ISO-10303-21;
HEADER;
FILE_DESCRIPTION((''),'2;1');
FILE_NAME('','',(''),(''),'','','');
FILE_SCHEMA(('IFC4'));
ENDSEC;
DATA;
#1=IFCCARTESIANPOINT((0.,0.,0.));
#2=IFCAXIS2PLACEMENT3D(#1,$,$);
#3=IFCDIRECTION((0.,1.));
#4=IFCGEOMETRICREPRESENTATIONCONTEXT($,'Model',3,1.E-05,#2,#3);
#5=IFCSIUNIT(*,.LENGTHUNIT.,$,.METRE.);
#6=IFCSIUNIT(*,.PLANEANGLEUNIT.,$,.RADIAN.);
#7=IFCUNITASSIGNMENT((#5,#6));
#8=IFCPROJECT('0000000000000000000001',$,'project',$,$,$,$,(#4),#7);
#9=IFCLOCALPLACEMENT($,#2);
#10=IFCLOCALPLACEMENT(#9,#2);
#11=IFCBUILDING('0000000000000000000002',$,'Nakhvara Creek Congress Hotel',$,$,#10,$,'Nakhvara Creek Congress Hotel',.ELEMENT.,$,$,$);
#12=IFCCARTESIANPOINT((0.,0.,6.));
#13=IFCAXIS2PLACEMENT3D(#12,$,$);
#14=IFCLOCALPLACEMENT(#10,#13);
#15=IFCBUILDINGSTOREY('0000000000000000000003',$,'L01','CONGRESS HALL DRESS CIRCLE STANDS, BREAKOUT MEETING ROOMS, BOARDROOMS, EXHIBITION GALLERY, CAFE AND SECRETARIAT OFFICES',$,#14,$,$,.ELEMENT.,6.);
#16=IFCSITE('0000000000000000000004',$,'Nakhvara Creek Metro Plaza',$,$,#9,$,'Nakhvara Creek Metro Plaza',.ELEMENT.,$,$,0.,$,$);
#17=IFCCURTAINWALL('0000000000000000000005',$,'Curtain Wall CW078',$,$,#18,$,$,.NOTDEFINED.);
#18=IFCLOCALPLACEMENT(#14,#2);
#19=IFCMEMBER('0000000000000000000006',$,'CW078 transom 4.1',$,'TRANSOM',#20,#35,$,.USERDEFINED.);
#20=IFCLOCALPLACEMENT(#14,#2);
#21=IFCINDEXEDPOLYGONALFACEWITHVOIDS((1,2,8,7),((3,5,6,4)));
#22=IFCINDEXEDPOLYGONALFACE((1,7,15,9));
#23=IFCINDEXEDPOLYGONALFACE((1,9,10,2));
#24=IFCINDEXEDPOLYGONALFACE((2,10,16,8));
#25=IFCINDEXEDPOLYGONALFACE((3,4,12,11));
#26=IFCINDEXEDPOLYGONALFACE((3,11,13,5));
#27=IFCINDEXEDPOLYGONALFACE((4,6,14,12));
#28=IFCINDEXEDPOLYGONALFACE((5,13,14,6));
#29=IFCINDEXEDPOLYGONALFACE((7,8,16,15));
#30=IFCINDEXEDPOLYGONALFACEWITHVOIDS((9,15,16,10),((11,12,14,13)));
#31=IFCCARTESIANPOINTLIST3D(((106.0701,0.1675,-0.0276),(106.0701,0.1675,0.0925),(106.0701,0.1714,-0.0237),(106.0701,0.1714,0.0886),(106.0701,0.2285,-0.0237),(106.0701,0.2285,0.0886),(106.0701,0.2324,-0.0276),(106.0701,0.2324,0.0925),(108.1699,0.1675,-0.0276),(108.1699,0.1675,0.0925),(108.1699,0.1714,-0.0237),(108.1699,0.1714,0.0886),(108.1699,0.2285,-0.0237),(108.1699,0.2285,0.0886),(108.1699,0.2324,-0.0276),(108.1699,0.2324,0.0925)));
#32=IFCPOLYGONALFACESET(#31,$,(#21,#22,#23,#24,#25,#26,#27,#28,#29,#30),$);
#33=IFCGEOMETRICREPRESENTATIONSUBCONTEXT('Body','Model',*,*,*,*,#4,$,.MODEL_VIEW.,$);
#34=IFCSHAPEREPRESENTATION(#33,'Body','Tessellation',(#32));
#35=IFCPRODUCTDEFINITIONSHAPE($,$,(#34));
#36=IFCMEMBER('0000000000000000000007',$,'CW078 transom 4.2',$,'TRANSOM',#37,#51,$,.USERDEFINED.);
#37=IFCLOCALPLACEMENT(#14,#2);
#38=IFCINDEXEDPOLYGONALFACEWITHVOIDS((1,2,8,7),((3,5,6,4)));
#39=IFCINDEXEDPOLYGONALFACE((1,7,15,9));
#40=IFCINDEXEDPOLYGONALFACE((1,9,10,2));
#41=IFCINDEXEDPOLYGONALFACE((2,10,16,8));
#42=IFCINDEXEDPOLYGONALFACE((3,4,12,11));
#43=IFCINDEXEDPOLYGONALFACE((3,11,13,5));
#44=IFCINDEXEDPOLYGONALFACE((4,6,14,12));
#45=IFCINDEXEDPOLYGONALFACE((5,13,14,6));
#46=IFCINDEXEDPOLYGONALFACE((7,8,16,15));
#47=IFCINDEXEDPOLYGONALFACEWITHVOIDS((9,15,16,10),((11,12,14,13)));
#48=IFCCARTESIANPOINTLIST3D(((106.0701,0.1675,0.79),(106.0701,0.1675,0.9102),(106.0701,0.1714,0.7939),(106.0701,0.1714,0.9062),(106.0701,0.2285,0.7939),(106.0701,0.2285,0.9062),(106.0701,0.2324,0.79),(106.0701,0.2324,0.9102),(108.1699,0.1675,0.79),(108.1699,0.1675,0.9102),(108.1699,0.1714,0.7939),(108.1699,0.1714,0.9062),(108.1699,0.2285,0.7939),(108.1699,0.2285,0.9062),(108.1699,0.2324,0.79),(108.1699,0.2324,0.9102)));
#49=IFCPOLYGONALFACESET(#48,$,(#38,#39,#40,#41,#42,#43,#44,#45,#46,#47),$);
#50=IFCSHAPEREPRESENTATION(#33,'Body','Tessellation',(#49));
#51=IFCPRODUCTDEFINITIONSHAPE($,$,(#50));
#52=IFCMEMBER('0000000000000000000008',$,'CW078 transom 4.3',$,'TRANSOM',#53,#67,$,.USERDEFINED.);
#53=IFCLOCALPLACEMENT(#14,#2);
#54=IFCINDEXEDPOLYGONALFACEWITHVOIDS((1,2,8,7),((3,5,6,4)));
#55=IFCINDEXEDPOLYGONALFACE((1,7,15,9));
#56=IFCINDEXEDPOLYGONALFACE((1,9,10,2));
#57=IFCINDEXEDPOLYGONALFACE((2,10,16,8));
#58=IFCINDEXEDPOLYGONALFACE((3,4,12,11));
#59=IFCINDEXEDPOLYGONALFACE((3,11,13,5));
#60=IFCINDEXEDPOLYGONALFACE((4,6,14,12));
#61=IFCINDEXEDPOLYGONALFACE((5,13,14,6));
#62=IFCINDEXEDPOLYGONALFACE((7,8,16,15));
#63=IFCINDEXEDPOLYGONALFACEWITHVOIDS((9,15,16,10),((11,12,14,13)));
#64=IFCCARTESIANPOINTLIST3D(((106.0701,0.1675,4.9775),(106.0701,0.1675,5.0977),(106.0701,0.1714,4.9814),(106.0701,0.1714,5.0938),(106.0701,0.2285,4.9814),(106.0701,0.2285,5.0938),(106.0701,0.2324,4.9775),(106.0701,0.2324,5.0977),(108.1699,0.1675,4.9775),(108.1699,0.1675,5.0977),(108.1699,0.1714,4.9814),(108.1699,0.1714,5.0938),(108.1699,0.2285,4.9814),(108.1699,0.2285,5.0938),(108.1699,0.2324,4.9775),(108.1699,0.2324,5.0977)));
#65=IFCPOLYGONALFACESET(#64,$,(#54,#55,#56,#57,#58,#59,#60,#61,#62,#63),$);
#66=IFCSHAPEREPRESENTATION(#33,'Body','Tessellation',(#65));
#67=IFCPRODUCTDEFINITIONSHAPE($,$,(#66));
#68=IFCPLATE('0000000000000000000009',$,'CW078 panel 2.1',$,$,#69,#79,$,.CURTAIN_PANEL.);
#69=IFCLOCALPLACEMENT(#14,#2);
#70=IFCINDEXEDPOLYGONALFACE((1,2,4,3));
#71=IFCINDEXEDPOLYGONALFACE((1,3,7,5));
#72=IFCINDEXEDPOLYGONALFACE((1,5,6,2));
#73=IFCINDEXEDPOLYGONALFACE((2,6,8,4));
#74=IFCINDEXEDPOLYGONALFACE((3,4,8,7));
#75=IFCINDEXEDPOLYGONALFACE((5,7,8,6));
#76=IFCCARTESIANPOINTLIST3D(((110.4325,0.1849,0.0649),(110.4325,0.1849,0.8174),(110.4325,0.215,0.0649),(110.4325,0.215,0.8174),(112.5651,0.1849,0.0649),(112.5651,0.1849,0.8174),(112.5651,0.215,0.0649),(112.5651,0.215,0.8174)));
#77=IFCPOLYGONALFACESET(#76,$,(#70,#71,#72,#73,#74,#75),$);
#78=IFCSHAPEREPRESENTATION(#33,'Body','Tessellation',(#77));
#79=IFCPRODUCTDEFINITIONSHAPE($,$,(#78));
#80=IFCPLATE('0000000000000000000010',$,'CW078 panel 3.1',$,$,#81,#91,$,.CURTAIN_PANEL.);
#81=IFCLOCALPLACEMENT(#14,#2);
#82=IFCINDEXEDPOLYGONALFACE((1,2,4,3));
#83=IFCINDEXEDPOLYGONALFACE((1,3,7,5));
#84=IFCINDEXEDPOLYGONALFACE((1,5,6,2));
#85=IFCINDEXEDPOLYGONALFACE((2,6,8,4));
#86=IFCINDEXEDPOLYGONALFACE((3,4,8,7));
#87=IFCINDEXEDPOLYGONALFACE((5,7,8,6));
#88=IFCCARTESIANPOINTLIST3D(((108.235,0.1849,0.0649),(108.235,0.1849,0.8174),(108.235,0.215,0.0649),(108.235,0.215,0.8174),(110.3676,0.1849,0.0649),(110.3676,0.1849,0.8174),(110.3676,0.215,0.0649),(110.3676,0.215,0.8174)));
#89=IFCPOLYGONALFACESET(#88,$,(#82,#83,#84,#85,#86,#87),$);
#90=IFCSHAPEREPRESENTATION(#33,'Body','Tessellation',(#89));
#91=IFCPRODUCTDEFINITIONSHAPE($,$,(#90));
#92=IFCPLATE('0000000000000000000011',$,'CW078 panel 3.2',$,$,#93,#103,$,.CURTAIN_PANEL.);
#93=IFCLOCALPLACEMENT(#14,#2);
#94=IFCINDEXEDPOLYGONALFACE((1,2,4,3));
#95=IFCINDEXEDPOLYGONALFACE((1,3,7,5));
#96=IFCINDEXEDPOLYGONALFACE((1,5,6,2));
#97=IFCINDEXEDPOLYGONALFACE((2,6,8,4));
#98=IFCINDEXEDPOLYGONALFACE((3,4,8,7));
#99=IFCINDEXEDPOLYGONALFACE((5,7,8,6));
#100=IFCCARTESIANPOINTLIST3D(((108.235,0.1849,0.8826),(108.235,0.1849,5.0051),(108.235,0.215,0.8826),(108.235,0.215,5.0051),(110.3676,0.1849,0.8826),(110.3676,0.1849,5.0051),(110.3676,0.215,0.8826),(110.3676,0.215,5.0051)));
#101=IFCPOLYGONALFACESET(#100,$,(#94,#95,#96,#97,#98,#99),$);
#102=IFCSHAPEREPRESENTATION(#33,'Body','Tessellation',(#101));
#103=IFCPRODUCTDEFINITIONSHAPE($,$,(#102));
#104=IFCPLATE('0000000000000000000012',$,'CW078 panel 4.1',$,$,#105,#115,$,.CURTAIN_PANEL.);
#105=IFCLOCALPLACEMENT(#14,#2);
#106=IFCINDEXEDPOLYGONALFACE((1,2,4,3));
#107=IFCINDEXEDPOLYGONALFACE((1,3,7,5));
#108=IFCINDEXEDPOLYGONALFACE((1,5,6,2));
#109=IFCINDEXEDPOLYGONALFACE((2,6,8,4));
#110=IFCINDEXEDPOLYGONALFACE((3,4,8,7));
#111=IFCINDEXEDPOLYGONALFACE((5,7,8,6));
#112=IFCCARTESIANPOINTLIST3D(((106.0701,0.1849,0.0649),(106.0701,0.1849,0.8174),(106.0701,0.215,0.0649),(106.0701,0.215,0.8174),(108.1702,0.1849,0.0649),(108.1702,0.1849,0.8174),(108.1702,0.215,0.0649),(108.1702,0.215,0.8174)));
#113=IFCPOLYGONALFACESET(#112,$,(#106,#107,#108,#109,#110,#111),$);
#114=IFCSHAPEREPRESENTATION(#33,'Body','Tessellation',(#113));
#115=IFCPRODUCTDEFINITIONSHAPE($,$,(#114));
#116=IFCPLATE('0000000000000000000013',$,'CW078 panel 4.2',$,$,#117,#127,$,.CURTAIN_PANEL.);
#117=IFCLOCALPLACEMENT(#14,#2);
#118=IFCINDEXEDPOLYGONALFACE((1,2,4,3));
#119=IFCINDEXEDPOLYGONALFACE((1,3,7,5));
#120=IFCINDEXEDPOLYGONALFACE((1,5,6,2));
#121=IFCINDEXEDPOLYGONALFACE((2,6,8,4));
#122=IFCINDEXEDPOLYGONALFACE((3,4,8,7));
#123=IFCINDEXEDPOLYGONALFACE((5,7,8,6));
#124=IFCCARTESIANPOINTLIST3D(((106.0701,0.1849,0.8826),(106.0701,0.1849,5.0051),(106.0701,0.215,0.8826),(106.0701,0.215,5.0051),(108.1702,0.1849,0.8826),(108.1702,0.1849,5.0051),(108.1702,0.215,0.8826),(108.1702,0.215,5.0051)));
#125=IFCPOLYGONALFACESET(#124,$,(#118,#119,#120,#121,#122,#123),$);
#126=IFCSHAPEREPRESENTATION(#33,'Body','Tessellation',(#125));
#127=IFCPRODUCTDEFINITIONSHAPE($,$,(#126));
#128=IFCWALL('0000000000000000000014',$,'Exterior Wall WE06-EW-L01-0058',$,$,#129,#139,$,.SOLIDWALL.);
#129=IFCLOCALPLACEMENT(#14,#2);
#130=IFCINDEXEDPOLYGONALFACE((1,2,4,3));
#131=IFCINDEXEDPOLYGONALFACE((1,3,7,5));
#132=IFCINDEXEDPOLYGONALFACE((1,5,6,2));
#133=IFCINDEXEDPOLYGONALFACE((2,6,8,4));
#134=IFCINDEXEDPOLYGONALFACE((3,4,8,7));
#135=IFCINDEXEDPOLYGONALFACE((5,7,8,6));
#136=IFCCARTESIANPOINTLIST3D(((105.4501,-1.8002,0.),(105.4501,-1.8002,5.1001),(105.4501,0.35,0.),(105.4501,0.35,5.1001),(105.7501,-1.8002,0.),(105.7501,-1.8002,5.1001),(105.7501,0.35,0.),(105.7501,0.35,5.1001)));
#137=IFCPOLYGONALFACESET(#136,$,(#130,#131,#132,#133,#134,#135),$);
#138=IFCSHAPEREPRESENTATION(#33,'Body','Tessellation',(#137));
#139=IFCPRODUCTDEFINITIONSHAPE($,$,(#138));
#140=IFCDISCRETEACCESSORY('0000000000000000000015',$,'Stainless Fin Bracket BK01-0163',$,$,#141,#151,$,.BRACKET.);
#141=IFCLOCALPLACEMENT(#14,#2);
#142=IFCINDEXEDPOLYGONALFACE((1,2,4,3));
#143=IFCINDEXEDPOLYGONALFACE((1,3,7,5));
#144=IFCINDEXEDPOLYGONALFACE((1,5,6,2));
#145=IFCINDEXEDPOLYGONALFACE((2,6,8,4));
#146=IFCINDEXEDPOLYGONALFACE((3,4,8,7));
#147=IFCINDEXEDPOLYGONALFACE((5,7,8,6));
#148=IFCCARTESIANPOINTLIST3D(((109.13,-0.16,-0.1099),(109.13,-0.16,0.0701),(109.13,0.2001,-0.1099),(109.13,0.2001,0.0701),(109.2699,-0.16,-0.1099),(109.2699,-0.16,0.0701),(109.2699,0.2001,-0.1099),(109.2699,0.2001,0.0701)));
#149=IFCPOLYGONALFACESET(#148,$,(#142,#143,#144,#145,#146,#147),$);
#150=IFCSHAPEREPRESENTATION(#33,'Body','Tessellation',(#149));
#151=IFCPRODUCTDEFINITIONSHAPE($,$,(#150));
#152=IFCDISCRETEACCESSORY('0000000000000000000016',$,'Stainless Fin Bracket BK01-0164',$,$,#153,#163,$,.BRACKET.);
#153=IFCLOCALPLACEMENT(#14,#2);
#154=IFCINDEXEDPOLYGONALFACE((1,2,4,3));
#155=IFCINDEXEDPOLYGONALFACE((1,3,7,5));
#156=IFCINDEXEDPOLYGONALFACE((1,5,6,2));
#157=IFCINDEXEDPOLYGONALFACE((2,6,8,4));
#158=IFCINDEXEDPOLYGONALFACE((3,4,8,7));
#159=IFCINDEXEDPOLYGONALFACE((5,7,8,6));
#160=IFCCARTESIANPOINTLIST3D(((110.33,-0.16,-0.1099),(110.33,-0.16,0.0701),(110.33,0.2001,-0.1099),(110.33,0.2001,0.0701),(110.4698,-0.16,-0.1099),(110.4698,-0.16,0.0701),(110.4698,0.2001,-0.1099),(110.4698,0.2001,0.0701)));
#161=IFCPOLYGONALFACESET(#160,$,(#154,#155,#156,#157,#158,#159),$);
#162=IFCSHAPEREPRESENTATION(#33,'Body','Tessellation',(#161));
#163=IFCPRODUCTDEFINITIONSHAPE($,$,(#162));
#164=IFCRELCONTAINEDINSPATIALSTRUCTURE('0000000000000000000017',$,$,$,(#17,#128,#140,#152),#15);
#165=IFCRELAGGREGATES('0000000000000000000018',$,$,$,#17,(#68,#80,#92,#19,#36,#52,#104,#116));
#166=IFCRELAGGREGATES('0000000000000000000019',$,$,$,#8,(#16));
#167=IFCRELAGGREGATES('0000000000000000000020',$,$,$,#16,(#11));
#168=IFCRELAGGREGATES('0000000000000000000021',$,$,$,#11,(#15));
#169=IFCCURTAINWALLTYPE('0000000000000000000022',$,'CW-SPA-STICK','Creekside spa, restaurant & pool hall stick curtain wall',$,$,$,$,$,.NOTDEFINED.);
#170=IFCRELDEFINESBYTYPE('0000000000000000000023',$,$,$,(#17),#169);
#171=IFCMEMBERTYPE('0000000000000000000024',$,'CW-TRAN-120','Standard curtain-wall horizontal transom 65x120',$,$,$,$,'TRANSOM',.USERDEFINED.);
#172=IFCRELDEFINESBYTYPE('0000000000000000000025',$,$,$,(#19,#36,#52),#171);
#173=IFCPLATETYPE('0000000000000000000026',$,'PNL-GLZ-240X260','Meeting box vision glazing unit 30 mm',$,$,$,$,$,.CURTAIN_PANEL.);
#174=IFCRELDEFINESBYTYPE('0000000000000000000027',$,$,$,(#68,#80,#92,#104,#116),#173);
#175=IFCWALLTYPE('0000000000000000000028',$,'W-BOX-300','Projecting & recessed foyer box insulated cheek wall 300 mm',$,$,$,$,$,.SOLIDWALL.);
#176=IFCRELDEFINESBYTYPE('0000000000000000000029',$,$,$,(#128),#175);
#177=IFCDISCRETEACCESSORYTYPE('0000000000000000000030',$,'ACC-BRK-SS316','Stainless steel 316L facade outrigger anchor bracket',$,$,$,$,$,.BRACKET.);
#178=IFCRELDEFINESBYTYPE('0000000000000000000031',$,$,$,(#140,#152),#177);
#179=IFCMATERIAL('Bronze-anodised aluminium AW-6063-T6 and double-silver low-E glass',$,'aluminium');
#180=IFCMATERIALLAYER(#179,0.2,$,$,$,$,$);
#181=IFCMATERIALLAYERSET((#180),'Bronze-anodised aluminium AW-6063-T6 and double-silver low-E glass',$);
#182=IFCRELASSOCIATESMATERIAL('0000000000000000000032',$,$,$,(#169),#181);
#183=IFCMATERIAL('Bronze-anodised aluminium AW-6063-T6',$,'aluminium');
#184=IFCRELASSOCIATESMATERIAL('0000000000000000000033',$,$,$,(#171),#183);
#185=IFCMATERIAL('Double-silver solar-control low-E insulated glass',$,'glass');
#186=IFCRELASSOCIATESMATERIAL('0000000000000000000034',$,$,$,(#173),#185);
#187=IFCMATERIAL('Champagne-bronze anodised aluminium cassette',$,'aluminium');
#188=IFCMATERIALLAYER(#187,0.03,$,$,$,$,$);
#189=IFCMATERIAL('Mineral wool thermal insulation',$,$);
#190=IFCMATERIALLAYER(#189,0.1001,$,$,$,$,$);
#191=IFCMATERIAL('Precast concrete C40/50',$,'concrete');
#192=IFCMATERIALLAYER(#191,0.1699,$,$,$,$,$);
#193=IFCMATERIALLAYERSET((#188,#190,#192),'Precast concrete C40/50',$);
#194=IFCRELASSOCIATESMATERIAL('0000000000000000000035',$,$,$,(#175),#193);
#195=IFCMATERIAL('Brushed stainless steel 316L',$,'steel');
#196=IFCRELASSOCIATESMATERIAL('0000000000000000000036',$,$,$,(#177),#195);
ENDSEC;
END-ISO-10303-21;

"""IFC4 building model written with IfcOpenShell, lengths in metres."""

from ifc_helpers import new_model, si_unit, direction, frame, frame_2d, origin, origin_2d, place, context, subcontext, project, spatial, rectangle, hollow_rectangle, extrude, material, layer, layer_set, material_profile, profile_set, type_object, element, aggregate, save


model = new_model("IFC4")

# Units and contexts
model_context = context("Model", 3, precision=1e-05, world=origin(), true_north=direction((0.0, 1.0)))
body_context = subcontext(model_context, "Body", "Model", "MODEL_VIEW")
ifc_project = project(units=[si_unit("LENGTHUNIT", "METRE"), si_unit("PLANEANGLEUNIT", "RADIAN")], contexts=[model_context])

# Site, building, storey
site_placement = place(None, origin())
site = spatial("IfcSite", under=ifc_project, at=site_placement, Name="Nakhvara Creek Metro Plaza", LongName="Nakhvara Creek Metro Plaza", CompositionType="ELEMENT", RefElevation=0.0)
building_placement = place(site_placement, origin())
building = spatial("IfcBuilding", under=site, at=building_placement, Name="Nakhvara Creek Congress Hotel", LongName="Nakhvara Creek Congress Hotel", CompositionType="ELEMENT")
storey_placement = place(building_placement, frame((0.0, 0.0, 6.0)))
storey = spatial("IfcBuildingStorey", under=building, at=storey_placement, Name="L01", Description="CONGRESS HALL DRESS CIRCLE STANDS, BREAKOUT MEETING ROOMS, BOARDROOMS, EXHIBITION GALLERY, CAFE AND SECRETARIAT OFFICES", CompositionType="ELEMENT", Elevation=6.0)

# Curtain wall, members, plates
ifc_material_1 = material(Name="Bronze-anodised aluminium AW-6063-T6 and double-silver low-E glass", Category="aluminium")
ifc_layer_1 = layer(ifc_material_1, 0.2)
ifc_layer_set_1 = layer_set([ifc_layer_1], Name="Bronze-anodised aluminium AW-6063-T6 and double-silver low-E glass")
curtain_wall_type = type_object("IfcCurtainWallType", Name="CW-SPA-STICK", Description="Creekside spa, restaurant & pool hall stick curtain wall", PredefinedType="NOTDEFINED", material=ifc_layer_set_1)
curtain_wall_placement = place(storey_placement, origin())
curtain_wall = element("IfcCurtainWall", 1, at=curtain_wall_placement, inside=storey, type_object=curtain_wall_type, Name="Curtain Wall CW078", PredefinedType="NOTDEFINED")
ifc_material_2 = material(Name="Bronze-anodised aluminium AW-6063-T6", Category="aluminium")
ifc_material_profile_1 = material_profile(ifc_material_2, hollow_rectangle(XDim=0.0649, YDim=0.1201, WallThickness=0.0039, at=origin_2d()), Name="ALU-TRAN 65x120x4", Category="LoadBearing")
ifc_profile_set_1 = profile_set([ifc_material_profile_1], Name="Bronze-anodised aluminium AW-6063-T6")
member_type_1 = type_object("IfcMemberType", Name="CW-TRAN-120", Description="Standard curtain-wall horizontal transom 65x120", ElementType="TRANSOM", PredefinedType="USERDEFINED", material=ifc_profile_set_1)
member_1_placement = place(storey_placement, frame((108.1699, 0.2, 0.0325), z_axis=(-1.0, 0.0, 0.0), x_axis=(0.0, -1.0, 0.0)))
member_1 = element("IfcMember", 2, at=member_1_placement, type_object=member_type_1, Name="CW078 transom 4.1", ObjectType="TRANSOM", PredefinedType="USERDEFINED", context=body_context, shape_type="SweptSolid", body=[
    extrude(hollow_rectangle(XDim=0.0649, YDim=0.1201, WallThickness=0.0039, at=origin_2d()), origin(), (0.0, 0.0, 1.0), 2.0999),
])
member_2_placement = place(storey_placement, frame((108.1699, 0.2, 0.8501), z_axis=(-1.0, 0.0, 0.0), x_axis=(0.0, -1.0, 0.0)))
member_2 = element("IfcMember", 3, at=member_2_placement, type_object=member_type_1, Name="CW078 transom 4.2", ObjectType="TRANSOM", PredefinedType="USERDEFINED", context=body_context, shape_type="SweptSolid", body=[
    extrude(hollow_rectangle(XDim=0.0649, YDim=0.1201, WallThickness=0.0039, at=origin_2d()), origin(), (0.0, 0.0, 1.0), 2.0999),
])
member_3_placement = place(storey_placement, frame((108.1699, 0.2, 5.0376), z_axis=(-1.0, 0.0, 0.0), x_axis=(0.0, -1.0, 0.0)))
member_3 = element("IfcMember", 4, at=member_3_placement, type_object=member_type_1, Name="CW078 transom 4.3", ObjectType="TRANSOM", PredefinedType="USERDEFINED", context=body_context, shape_type="SweptSolid", body=[
    extrude(hollow_rectangle(XDim=0.0649, YDim=0.1201, WallThickness=0.0039, at=origin_2d()), origin(), (0.0, 0.0, 1.0), 2.0999),
])
ifc_material_3 = material(Name="Double-silver solar-control low-E insulated glass", Category="glass")
plate_type = type_object("IfcPlateType", Name="PNL-GLZ-240X260", Description="Meeting box vision glazing unit 30 mm", PredefinedType="CURTAIN_PANEL", material=ifc_material_3)
plate_1_placement = place(storey_placement, frame((111.4988, 0.2, 0.0649), z_axis=(0.0, 0.0, 1.0), x_axis=(-1.0, 0.0, 0.0)))
plate_1 = element("IfcPlate", 5, at=plate_1_placement, type_object=plate_type, Name="CW078 panel 2.1", PredefinedType="CURTAIN_PANEL", context=body_context, shape_type="SweptSolid", body=[
    extrude(rectangle(XDim=2.1326, YDim=0.03, at=origin_2d()), origin(), (0.0, 0.0, 1.0), 0.7524),
])
plate_2_placement = place(storey_placement, frame((109.3013, 0.2, 0.0649), z_axis=(0.0, 0.0, 1.0), x_axis=(-1.0, 0.0, 0.0)))
plate_2 = element("IfcPlate", 6, at=plate_2_placement, type_object=plate_type, Name="CW078 panel 3.1", PredefinedType="CURTAIN_PANEL", context=body_context, shape_type="SweptSolid", body=[
    extrude(rectangle(XDim=2.1326, YDim=0.03, at=origin_2d()), origin(), (0.0, 0.0, 1.0), 0.7524),
])
plate_3_placement = place(storey_placement, frame((109.3013, 0.2, 0.8826), z_axis=(0.0, 0.0, 1.0), x_axis=(-1.0, 0.0, 0.0)))
plate_3 = element("IfcPlate", 7, at=plate_3_placement, type_object=plate_type, Name="CW078 panel 3.2", PredefinedType="CURTAIN_PANEL", context=body_context, shape_type="SweptSolid", body=[
    extrude(rectangle(XDim=2.1326, YDim=0.03, at=origin_2d()), origin(), (0.0, 0.0, 1.0), 4.1226),
])
plate_4_placement = place(storey_placement, frame((107.1201, 0.2, 0.0649), z_axis=(0.0, 0.0, 1.0), x_axis=(-1.0, 0.0, 0.0)))
plate_4 = element("IfcPlate", 8, at=plate_4_placement, type_object=plate_type, Name="CW078 panel 4.1", PredefinedType="CURTAIN_PANEL", context=body_context, shape_type="SweptSolid", body=[
    extrude(rectangle(XDim=2.1001, YDim=0.03, at=origin_2d()), origin(), (0.0, 0.0, 1.0), 0.7524),
])
plate_5_placement = place(storey_placement, frame((107.1201, 0.2, 0.8826), z_axis=(0.0, 0.0, 1.0), x_axis=(-1.0, 0.0, 0.0)))
plate_5 = element("IfcPlate", 9, at=plate_5_placement, type_object=plate_type, Name="CW078 panel 4.2", PredefinedType="CURTAIN_PANEL", context=body_context, shape_type="SweptSolid", body=[
    extrude(rectangle(XDim=2.1001, YDim=0.03, at=origin_2d()), origin(), (0.0, 0.0, 1.0), 4.1226),
])
aggregate(curtain_wall, [plate_1, plate_2, plate_3, member_1, member_2, member_3, plate_4, plate_5])

# Wall
ifc_material_4 = material(Name="Champagne-bronze anodised aluminium cassette", Category="aluminium")
ifc_layer_2 = layer(ifc_material_4, 0.03)
ifc_material_5 = material(Name="Mineral wool thermal insulation")
ifc_layer_3 = layer(ifc_material_5, 0.1001)
ifc_material_6 = material(Name="Precast concrete C40/50", Category="concrete")
ifc_layer_4 = layer(ifc_material_6, 0.1699)
ifc_layer_set_2 = layer_set([ifc_layer_2, ifc_layer_3, ifc_layer_4], Name="Precast concrete C40/50")
wall_type = type_object("IfcWallType", Name="W-BOX-300", Description="Projecting & recessed foyer box insulated cheek wall 300 mm", PredefinedType="SOLIDWALL", material=ifc_layer_set_2)
wall_placement = place(storey_placement, frame((105.6001, 0.3501, 0.0), z_axis=(0.0, 0.0, 1.0), x_axis=(0.0, -1.0, 0.0)))
element("IfcWall", 10, at=wall_placement, inside=storey, type_object=wall_type, Name="Exterior Wall WE06-EW-L01-0058", PredefinedType="SOLIDWALL", context=body_context, shape_type="SweptSolid", body=[
    extrude(rectangle(XDim=2.1501, YDim=0.3, at=frame_2d((1.0752, 0.0))), origin(), (0.0, 0.0, 1.0), 5.1001),
])

# Shared definitions
ifc_material_7 = material(Name="Brushed stainless steel 316L", Category="steel")

# Discrete accessories
discrete_accessory_type = type_object("IfcDiscreteAccessoryType", Name="ACC-BRK-SS316", Description="Stainless steel 316L facade outrigger anchor bracket", PredefinedType="BRACKET", material=ifc_material_7)
for number, where, z_axis, x_axis, name in (
    (11, (109.2, 0.02, -0.1099), (0.0, 0.0, 1.0), (1.0, 0.0, 0.0), "Stainless Fin Bracket BK01-0163"),
    (12, (110.3999, 0.02, -0.1099), (0.0, 0.0, 1.0), (1.0, 0.0, 0.0), "Stainless Fin Bracket BK01-0164"),
):
    element("IfcDiscreteAccessory", number, at=place(storey_placement, frame(where, z_axis=z_axis, x_axis=x_axis)), inside=storey, type_object=discrete_accessory_type, Name=name, PredefinedType="BRACKET", context=body_context, shape_type="SweptSolid", body=[
        extrude(rectangle(XDim=0.1399, YDim=0.3601, at=origin_2d()), origin(), (0.0, 0.0, 1.0), 0.1799),
    ])

save(model, "model.ifc")
